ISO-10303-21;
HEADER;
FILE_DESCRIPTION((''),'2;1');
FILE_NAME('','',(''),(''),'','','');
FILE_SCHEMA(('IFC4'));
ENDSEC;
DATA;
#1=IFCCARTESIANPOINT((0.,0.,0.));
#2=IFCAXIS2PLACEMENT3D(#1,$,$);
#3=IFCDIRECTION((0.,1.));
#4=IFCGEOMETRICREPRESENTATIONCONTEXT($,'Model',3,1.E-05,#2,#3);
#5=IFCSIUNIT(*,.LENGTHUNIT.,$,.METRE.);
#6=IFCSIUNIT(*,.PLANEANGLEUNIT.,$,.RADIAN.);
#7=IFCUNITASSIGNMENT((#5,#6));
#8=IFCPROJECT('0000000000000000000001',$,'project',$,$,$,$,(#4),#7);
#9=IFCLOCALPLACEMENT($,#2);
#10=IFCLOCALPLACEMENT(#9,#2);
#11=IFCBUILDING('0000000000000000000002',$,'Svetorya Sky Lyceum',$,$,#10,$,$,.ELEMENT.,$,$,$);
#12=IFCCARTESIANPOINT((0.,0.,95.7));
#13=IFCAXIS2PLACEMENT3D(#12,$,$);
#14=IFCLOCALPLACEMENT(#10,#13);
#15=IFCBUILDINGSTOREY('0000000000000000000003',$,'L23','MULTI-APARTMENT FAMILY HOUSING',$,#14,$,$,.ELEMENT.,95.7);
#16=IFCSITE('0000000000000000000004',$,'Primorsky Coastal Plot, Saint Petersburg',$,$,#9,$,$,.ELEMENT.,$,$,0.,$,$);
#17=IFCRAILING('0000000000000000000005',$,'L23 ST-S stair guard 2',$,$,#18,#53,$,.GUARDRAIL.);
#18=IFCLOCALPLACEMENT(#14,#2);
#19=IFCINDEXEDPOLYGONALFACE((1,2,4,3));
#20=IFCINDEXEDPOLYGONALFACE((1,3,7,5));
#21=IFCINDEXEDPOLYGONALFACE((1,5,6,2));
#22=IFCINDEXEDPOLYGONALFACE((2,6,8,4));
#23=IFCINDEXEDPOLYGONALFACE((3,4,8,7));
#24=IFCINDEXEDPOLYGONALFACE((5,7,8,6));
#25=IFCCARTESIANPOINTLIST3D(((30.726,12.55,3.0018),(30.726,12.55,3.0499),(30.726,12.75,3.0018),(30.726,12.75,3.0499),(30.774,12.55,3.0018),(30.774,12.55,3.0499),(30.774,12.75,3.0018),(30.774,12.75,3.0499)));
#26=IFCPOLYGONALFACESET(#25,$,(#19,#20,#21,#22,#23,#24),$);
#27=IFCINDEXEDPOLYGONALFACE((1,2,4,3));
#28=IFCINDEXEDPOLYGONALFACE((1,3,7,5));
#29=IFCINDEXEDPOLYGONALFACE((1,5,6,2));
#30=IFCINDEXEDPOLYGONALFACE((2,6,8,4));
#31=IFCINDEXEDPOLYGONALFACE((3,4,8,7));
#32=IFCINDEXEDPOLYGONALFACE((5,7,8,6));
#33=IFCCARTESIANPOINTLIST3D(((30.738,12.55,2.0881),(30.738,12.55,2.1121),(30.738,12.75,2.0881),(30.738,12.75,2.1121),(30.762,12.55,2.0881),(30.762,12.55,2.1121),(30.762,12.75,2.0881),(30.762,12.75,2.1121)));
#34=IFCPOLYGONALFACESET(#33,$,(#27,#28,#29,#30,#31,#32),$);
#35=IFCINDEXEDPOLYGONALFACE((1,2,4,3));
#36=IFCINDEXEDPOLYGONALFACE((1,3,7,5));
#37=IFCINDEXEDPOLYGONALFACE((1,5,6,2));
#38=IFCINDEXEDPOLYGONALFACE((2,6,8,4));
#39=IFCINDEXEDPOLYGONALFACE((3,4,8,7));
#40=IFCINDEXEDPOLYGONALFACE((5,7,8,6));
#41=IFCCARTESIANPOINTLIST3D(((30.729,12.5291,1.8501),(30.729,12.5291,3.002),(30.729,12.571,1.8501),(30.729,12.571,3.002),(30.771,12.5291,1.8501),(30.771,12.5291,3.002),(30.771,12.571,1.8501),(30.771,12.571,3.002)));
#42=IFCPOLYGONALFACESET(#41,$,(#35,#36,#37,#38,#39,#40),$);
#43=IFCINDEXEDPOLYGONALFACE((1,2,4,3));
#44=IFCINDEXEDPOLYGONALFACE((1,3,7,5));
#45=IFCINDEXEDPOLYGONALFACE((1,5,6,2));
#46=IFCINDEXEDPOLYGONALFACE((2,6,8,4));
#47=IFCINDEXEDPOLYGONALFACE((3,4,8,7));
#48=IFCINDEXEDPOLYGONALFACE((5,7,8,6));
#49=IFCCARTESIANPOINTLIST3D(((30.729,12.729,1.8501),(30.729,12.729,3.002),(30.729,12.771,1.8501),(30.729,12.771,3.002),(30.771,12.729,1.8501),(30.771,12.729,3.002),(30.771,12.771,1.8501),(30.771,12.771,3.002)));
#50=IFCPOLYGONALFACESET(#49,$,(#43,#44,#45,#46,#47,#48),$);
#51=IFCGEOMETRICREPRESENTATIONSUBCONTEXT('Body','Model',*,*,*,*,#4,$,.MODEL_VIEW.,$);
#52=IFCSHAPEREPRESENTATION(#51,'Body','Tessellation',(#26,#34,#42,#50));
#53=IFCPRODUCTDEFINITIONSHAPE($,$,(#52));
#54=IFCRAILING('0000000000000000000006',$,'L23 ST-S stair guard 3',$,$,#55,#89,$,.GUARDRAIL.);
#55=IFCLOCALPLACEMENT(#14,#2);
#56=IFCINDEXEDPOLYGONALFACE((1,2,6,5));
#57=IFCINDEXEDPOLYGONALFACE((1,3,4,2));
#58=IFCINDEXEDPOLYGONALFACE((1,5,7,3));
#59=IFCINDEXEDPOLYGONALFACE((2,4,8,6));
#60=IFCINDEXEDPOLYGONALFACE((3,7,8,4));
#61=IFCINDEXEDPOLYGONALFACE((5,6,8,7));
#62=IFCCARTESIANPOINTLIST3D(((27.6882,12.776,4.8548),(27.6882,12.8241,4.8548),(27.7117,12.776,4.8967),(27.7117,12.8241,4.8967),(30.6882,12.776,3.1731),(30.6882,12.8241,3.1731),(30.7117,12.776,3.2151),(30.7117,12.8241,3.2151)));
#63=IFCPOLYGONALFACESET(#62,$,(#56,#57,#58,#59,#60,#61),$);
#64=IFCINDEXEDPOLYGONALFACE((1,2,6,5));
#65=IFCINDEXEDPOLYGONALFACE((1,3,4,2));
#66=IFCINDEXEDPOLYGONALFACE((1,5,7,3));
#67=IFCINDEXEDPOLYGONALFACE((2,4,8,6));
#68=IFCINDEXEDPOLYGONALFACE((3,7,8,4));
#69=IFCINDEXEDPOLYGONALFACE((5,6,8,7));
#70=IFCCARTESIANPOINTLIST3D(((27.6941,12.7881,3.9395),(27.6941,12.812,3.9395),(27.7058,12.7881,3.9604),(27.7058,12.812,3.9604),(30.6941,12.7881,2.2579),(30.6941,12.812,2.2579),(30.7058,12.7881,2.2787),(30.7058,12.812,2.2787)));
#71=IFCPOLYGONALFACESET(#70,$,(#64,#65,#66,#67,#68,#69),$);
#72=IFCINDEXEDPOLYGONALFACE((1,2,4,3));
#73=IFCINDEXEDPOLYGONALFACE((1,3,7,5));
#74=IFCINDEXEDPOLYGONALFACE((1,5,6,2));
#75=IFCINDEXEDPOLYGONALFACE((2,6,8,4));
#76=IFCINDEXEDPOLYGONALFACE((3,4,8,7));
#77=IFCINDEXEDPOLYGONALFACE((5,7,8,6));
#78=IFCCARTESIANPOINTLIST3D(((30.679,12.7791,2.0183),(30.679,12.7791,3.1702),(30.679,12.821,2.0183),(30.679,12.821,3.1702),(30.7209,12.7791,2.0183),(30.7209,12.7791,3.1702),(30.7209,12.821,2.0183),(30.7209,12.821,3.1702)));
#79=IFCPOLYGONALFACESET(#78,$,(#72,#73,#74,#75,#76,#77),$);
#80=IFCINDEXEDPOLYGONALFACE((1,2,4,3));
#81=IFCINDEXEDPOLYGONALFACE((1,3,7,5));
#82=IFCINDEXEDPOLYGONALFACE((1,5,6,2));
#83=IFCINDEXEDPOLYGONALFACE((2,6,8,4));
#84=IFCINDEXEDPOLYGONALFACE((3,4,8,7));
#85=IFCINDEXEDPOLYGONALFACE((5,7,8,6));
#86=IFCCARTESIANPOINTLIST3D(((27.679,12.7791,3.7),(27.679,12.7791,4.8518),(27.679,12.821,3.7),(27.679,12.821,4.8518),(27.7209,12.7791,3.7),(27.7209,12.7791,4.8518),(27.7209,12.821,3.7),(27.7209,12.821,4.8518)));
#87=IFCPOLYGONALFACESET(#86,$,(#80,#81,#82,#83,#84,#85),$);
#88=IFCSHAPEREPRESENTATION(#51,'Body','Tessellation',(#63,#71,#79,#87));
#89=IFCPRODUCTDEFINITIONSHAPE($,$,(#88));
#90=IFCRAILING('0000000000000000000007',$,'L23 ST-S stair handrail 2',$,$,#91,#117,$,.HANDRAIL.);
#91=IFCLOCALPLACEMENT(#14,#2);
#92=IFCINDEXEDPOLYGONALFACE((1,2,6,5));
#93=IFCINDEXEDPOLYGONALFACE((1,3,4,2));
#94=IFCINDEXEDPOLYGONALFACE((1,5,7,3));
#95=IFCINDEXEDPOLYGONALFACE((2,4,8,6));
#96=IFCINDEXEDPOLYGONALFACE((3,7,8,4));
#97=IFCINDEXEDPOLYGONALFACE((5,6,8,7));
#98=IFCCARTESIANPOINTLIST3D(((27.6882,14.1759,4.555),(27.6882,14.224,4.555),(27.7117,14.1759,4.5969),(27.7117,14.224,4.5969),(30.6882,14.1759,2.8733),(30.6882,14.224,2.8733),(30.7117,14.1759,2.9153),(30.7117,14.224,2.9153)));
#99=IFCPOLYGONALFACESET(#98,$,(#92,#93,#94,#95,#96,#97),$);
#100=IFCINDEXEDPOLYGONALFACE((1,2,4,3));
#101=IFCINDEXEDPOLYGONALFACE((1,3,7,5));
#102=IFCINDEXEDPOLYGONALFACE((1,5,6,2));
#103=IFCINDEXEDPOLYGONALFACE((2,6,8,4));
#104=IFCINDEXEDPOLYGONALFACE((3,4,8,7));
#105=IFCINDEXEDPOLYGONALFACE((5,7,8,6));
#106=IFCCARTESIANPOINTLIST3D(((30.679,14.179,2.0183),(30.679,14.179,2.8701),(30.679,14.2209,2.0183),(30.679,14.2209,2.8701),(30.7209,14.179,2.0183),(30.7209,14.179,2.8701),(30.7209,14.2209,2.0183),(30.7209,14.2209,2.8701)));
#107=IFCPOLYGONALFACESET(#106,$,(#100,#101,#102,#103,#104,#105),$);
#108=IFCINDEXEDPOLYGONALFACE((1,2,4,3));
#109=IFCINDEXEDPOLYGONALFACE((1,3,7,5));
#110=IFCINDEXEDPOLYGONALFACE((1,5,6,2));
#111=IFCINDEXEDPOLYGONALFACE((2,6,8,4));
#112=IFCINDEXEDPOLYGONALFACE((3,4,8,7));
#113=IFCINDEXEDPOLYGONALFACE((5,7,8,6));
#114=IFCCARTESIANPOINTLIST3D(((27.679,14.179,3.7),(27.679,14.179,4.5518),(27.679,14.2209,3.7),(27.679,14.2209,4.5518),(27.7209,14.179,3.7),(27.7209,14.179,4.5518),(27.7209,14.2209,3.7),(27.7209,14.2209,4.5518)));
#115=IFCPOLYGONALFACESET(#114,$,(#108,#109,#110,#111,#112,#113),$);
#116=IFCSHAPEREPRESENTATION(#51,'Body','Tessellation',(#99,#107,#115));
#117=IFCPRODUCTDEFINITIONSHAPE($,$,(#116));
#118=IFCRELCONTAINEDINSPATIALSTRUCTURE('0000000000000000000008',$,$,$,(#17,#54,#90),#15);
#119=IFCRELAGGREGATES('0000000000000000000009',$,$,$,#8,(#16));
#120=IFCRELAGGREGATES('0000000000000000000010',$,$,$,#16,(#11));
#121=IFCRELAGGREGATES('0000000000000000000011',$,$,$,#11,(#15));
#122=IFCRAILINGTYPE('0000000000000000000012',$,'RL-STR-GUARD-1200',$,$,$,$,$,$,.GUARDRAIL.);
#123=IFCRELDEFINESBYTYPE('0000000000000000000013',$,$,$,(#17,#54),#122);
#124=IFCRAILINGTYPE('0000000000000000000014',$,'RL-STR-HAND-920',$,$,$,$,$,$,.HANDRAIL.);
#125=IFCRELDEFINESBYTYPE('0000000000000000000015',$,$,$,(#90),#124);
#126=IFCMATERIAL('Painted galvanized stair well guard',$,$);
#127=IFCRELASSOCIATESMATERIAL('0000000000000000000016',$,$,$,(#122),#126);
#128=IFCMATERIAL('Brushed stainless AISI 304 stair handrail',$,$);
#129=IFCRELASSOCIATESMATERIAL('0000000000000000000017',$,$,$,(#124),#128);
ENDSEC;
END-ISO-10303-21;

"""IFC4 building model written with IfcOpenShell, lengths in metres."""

from ifc_helpers import new_model, si_unit, direction, frame, origin, origin_2d, place, context, subcontext, project, spatial, rectangle, extrude, material, type_object, element, save


model = new_model("IFC4")

# Units and contexts
model_context = context("Model", 3, precision=1e-05, world=origin(), true_north=direction((0.0, 1.0)))
body_context = subcontext(model_context, "Body", "Model", "MODEL_VIEW")
ifc_project = project(units=[si_unit("LENGTHUNIT", "METRE"), si_unit("PLANEANGLEUNIT", "RADIAN")], contexts=[model_context])

# Site, building, storey
site_placement = place(None, origin())
site = spatial("IfcSite", under=ifc_project, at=site_placement, Name="Primorsky Coastal Plot, Saint Petersburg", CompositionType="ELEMENT", RefElevation=0.0)
building_placement = place(site_placement, origin())
building = spatial("IfcBuilding", under=site, at=building_placement, Name="Svetorya Sky Lyceum", CompositionType="ELEMENT")
storey_placement = place(building_placement, frame((0.0, 0.0, 95.7)))
storey = spatial("IfcBuildingStorey", under=building, at=storey_placement, Name="L23", Description="MULTI-APARTMENT FAMILY HOUSING", CompositionType="ELEMENT", Elevation=95.7)

# Railings
ifc_material_1 = material(Name="Painted galvanized stair well guard")
railing_type_1 = type_object("IfcRailingType", Name="RL-STR-GUARD-1200", PredefinedType="GUARDRAIL", material=ifc_material_1)
railing_1_placement = place(storey_placement, frame((30.75, 12.55, 1.8501)))
element("IfcRailing", 1, at=railing_1_placement, inside=storey, type_object=railing_type_1, Name="L23 ST-S stair guard 2", PredefinedType="GUARDRAIL", context=body_context, shape_type="SweptSolid", body=[
    extrude(rectangle(XDim=0.0481, YDim=0.0481, at=origin_2d()), frame((0.0, 0.0, 1.1758), z_axis=(0.0, 1.0, 0.0), x_axis=(-1.0, 0.0, 0.0)), (0.0, 0.0, 1.0), 0.2),
    extrude(rectangle(XDim=0.0239, YDim=0.0239, at=origin_2d()), frame((0.0, 0.0, 0.25), z_axis=(0.0, 1.0, 0.0), x_axis=(-1.0, 0.0, 0.0)), (0.0, 0.0, 1.0), 0.2),
    extrude(rectangle(XDim=0.042, YDim=0.042, at=origin_2d()), origin(), (0.0, 0.0, 1.0), 1.1519),
    extrude(rectangle(XDim=0.042, YDim=0.042, at=origin_2d()), frame((0.0, 0.2, 0.0)), (0.0, 0.0, 1.0), 1.1519),
])
railing_2_placement = place(storey_placement, frame((30.7, 12.8, 2.0183)))
element("IfcRailing", 2, at=railing_2_placement, inside=storey, type_object=railing_type_1, Name="L23 ST-S stair guard 3", PredefinedType="GUARDRAIL", context=body_context, shape_type="SweptSolid", body=[
    extrude(rectangle(XDim=0.0481, YDim=0.0481, at=origin_2d()), frame((0.0, 0.0, 1.1758), z_axis=(-0.872303, 0.0, 0.488966), x_axis=(0.0, -1.0, 0.0)), (0.0, 0.0, 1.0), 3.4392),
    extrude(rectangle(XDim=0.0239, YDim=0.0239, at=origin_2d()), frame((0.0, 0.0, 0.25), z_axis=(-0.872303, 0.0, 0.488966), x_axis=(0.0, -1.0, 0.0)), (0.0, 0.0, 1.0), 3.4392),
    extrude(rectangle(XDim=0.042, YDim=0.042, at=origin_2d()), origin(), (0.0, 0.0, 1.0), 1.1519),
    extrude(rectangle(XDim=0.042, YDim=0.042, at=origin_2d()), frame((-3.0, 0.0, 1.6816)), (0.0, 0.0, 1.0), 1.1519),
])
ifc_material_2 = material(Name="Brushed stainless AISI 304 stair handrail")
railing_type_2 = type_object("IfcRailingType", Name="RL-STR-HAND-920", PredefinedType="HANDRAIL", material=ifc_material_2)
railing_3_placement = place(storey_placement, frame((30.7, 14.2, 2.0183)))
element("IfcRailing", 3, at=railing_3_placement, inside=storey, type_object=railing_type_2, Name="L23 ST-S stair handrail 2", PredefinedType="HANDRAIL", context=body_context, shape_type="SweptSolid", body=[
    extrude(rectangle(XDim=0.0481, YDim=0.0481, at=origin_2d()), frame((0.0, 0.0, 0.876), z_axis=(-0.872303, 0.0, 0.488966), x_axis=(0.0, -1.0, 0.0)), (0.0, 0.0, 1.0), 3.4392),
    extrude(rectangle(XDim=0.042, YDim=0.042, at=origin_2d()), origin(), (0.0, 0.0, 1.0), 0.8518),
    extrude(rectangle(XDim=0.042, YDim=0.042, at=origin_2d()), frame((-3.0, 0.0, 1.6816)), (0.0, 0.0, 1.0), 0.8518),
])

save(model, "model.ifc")
